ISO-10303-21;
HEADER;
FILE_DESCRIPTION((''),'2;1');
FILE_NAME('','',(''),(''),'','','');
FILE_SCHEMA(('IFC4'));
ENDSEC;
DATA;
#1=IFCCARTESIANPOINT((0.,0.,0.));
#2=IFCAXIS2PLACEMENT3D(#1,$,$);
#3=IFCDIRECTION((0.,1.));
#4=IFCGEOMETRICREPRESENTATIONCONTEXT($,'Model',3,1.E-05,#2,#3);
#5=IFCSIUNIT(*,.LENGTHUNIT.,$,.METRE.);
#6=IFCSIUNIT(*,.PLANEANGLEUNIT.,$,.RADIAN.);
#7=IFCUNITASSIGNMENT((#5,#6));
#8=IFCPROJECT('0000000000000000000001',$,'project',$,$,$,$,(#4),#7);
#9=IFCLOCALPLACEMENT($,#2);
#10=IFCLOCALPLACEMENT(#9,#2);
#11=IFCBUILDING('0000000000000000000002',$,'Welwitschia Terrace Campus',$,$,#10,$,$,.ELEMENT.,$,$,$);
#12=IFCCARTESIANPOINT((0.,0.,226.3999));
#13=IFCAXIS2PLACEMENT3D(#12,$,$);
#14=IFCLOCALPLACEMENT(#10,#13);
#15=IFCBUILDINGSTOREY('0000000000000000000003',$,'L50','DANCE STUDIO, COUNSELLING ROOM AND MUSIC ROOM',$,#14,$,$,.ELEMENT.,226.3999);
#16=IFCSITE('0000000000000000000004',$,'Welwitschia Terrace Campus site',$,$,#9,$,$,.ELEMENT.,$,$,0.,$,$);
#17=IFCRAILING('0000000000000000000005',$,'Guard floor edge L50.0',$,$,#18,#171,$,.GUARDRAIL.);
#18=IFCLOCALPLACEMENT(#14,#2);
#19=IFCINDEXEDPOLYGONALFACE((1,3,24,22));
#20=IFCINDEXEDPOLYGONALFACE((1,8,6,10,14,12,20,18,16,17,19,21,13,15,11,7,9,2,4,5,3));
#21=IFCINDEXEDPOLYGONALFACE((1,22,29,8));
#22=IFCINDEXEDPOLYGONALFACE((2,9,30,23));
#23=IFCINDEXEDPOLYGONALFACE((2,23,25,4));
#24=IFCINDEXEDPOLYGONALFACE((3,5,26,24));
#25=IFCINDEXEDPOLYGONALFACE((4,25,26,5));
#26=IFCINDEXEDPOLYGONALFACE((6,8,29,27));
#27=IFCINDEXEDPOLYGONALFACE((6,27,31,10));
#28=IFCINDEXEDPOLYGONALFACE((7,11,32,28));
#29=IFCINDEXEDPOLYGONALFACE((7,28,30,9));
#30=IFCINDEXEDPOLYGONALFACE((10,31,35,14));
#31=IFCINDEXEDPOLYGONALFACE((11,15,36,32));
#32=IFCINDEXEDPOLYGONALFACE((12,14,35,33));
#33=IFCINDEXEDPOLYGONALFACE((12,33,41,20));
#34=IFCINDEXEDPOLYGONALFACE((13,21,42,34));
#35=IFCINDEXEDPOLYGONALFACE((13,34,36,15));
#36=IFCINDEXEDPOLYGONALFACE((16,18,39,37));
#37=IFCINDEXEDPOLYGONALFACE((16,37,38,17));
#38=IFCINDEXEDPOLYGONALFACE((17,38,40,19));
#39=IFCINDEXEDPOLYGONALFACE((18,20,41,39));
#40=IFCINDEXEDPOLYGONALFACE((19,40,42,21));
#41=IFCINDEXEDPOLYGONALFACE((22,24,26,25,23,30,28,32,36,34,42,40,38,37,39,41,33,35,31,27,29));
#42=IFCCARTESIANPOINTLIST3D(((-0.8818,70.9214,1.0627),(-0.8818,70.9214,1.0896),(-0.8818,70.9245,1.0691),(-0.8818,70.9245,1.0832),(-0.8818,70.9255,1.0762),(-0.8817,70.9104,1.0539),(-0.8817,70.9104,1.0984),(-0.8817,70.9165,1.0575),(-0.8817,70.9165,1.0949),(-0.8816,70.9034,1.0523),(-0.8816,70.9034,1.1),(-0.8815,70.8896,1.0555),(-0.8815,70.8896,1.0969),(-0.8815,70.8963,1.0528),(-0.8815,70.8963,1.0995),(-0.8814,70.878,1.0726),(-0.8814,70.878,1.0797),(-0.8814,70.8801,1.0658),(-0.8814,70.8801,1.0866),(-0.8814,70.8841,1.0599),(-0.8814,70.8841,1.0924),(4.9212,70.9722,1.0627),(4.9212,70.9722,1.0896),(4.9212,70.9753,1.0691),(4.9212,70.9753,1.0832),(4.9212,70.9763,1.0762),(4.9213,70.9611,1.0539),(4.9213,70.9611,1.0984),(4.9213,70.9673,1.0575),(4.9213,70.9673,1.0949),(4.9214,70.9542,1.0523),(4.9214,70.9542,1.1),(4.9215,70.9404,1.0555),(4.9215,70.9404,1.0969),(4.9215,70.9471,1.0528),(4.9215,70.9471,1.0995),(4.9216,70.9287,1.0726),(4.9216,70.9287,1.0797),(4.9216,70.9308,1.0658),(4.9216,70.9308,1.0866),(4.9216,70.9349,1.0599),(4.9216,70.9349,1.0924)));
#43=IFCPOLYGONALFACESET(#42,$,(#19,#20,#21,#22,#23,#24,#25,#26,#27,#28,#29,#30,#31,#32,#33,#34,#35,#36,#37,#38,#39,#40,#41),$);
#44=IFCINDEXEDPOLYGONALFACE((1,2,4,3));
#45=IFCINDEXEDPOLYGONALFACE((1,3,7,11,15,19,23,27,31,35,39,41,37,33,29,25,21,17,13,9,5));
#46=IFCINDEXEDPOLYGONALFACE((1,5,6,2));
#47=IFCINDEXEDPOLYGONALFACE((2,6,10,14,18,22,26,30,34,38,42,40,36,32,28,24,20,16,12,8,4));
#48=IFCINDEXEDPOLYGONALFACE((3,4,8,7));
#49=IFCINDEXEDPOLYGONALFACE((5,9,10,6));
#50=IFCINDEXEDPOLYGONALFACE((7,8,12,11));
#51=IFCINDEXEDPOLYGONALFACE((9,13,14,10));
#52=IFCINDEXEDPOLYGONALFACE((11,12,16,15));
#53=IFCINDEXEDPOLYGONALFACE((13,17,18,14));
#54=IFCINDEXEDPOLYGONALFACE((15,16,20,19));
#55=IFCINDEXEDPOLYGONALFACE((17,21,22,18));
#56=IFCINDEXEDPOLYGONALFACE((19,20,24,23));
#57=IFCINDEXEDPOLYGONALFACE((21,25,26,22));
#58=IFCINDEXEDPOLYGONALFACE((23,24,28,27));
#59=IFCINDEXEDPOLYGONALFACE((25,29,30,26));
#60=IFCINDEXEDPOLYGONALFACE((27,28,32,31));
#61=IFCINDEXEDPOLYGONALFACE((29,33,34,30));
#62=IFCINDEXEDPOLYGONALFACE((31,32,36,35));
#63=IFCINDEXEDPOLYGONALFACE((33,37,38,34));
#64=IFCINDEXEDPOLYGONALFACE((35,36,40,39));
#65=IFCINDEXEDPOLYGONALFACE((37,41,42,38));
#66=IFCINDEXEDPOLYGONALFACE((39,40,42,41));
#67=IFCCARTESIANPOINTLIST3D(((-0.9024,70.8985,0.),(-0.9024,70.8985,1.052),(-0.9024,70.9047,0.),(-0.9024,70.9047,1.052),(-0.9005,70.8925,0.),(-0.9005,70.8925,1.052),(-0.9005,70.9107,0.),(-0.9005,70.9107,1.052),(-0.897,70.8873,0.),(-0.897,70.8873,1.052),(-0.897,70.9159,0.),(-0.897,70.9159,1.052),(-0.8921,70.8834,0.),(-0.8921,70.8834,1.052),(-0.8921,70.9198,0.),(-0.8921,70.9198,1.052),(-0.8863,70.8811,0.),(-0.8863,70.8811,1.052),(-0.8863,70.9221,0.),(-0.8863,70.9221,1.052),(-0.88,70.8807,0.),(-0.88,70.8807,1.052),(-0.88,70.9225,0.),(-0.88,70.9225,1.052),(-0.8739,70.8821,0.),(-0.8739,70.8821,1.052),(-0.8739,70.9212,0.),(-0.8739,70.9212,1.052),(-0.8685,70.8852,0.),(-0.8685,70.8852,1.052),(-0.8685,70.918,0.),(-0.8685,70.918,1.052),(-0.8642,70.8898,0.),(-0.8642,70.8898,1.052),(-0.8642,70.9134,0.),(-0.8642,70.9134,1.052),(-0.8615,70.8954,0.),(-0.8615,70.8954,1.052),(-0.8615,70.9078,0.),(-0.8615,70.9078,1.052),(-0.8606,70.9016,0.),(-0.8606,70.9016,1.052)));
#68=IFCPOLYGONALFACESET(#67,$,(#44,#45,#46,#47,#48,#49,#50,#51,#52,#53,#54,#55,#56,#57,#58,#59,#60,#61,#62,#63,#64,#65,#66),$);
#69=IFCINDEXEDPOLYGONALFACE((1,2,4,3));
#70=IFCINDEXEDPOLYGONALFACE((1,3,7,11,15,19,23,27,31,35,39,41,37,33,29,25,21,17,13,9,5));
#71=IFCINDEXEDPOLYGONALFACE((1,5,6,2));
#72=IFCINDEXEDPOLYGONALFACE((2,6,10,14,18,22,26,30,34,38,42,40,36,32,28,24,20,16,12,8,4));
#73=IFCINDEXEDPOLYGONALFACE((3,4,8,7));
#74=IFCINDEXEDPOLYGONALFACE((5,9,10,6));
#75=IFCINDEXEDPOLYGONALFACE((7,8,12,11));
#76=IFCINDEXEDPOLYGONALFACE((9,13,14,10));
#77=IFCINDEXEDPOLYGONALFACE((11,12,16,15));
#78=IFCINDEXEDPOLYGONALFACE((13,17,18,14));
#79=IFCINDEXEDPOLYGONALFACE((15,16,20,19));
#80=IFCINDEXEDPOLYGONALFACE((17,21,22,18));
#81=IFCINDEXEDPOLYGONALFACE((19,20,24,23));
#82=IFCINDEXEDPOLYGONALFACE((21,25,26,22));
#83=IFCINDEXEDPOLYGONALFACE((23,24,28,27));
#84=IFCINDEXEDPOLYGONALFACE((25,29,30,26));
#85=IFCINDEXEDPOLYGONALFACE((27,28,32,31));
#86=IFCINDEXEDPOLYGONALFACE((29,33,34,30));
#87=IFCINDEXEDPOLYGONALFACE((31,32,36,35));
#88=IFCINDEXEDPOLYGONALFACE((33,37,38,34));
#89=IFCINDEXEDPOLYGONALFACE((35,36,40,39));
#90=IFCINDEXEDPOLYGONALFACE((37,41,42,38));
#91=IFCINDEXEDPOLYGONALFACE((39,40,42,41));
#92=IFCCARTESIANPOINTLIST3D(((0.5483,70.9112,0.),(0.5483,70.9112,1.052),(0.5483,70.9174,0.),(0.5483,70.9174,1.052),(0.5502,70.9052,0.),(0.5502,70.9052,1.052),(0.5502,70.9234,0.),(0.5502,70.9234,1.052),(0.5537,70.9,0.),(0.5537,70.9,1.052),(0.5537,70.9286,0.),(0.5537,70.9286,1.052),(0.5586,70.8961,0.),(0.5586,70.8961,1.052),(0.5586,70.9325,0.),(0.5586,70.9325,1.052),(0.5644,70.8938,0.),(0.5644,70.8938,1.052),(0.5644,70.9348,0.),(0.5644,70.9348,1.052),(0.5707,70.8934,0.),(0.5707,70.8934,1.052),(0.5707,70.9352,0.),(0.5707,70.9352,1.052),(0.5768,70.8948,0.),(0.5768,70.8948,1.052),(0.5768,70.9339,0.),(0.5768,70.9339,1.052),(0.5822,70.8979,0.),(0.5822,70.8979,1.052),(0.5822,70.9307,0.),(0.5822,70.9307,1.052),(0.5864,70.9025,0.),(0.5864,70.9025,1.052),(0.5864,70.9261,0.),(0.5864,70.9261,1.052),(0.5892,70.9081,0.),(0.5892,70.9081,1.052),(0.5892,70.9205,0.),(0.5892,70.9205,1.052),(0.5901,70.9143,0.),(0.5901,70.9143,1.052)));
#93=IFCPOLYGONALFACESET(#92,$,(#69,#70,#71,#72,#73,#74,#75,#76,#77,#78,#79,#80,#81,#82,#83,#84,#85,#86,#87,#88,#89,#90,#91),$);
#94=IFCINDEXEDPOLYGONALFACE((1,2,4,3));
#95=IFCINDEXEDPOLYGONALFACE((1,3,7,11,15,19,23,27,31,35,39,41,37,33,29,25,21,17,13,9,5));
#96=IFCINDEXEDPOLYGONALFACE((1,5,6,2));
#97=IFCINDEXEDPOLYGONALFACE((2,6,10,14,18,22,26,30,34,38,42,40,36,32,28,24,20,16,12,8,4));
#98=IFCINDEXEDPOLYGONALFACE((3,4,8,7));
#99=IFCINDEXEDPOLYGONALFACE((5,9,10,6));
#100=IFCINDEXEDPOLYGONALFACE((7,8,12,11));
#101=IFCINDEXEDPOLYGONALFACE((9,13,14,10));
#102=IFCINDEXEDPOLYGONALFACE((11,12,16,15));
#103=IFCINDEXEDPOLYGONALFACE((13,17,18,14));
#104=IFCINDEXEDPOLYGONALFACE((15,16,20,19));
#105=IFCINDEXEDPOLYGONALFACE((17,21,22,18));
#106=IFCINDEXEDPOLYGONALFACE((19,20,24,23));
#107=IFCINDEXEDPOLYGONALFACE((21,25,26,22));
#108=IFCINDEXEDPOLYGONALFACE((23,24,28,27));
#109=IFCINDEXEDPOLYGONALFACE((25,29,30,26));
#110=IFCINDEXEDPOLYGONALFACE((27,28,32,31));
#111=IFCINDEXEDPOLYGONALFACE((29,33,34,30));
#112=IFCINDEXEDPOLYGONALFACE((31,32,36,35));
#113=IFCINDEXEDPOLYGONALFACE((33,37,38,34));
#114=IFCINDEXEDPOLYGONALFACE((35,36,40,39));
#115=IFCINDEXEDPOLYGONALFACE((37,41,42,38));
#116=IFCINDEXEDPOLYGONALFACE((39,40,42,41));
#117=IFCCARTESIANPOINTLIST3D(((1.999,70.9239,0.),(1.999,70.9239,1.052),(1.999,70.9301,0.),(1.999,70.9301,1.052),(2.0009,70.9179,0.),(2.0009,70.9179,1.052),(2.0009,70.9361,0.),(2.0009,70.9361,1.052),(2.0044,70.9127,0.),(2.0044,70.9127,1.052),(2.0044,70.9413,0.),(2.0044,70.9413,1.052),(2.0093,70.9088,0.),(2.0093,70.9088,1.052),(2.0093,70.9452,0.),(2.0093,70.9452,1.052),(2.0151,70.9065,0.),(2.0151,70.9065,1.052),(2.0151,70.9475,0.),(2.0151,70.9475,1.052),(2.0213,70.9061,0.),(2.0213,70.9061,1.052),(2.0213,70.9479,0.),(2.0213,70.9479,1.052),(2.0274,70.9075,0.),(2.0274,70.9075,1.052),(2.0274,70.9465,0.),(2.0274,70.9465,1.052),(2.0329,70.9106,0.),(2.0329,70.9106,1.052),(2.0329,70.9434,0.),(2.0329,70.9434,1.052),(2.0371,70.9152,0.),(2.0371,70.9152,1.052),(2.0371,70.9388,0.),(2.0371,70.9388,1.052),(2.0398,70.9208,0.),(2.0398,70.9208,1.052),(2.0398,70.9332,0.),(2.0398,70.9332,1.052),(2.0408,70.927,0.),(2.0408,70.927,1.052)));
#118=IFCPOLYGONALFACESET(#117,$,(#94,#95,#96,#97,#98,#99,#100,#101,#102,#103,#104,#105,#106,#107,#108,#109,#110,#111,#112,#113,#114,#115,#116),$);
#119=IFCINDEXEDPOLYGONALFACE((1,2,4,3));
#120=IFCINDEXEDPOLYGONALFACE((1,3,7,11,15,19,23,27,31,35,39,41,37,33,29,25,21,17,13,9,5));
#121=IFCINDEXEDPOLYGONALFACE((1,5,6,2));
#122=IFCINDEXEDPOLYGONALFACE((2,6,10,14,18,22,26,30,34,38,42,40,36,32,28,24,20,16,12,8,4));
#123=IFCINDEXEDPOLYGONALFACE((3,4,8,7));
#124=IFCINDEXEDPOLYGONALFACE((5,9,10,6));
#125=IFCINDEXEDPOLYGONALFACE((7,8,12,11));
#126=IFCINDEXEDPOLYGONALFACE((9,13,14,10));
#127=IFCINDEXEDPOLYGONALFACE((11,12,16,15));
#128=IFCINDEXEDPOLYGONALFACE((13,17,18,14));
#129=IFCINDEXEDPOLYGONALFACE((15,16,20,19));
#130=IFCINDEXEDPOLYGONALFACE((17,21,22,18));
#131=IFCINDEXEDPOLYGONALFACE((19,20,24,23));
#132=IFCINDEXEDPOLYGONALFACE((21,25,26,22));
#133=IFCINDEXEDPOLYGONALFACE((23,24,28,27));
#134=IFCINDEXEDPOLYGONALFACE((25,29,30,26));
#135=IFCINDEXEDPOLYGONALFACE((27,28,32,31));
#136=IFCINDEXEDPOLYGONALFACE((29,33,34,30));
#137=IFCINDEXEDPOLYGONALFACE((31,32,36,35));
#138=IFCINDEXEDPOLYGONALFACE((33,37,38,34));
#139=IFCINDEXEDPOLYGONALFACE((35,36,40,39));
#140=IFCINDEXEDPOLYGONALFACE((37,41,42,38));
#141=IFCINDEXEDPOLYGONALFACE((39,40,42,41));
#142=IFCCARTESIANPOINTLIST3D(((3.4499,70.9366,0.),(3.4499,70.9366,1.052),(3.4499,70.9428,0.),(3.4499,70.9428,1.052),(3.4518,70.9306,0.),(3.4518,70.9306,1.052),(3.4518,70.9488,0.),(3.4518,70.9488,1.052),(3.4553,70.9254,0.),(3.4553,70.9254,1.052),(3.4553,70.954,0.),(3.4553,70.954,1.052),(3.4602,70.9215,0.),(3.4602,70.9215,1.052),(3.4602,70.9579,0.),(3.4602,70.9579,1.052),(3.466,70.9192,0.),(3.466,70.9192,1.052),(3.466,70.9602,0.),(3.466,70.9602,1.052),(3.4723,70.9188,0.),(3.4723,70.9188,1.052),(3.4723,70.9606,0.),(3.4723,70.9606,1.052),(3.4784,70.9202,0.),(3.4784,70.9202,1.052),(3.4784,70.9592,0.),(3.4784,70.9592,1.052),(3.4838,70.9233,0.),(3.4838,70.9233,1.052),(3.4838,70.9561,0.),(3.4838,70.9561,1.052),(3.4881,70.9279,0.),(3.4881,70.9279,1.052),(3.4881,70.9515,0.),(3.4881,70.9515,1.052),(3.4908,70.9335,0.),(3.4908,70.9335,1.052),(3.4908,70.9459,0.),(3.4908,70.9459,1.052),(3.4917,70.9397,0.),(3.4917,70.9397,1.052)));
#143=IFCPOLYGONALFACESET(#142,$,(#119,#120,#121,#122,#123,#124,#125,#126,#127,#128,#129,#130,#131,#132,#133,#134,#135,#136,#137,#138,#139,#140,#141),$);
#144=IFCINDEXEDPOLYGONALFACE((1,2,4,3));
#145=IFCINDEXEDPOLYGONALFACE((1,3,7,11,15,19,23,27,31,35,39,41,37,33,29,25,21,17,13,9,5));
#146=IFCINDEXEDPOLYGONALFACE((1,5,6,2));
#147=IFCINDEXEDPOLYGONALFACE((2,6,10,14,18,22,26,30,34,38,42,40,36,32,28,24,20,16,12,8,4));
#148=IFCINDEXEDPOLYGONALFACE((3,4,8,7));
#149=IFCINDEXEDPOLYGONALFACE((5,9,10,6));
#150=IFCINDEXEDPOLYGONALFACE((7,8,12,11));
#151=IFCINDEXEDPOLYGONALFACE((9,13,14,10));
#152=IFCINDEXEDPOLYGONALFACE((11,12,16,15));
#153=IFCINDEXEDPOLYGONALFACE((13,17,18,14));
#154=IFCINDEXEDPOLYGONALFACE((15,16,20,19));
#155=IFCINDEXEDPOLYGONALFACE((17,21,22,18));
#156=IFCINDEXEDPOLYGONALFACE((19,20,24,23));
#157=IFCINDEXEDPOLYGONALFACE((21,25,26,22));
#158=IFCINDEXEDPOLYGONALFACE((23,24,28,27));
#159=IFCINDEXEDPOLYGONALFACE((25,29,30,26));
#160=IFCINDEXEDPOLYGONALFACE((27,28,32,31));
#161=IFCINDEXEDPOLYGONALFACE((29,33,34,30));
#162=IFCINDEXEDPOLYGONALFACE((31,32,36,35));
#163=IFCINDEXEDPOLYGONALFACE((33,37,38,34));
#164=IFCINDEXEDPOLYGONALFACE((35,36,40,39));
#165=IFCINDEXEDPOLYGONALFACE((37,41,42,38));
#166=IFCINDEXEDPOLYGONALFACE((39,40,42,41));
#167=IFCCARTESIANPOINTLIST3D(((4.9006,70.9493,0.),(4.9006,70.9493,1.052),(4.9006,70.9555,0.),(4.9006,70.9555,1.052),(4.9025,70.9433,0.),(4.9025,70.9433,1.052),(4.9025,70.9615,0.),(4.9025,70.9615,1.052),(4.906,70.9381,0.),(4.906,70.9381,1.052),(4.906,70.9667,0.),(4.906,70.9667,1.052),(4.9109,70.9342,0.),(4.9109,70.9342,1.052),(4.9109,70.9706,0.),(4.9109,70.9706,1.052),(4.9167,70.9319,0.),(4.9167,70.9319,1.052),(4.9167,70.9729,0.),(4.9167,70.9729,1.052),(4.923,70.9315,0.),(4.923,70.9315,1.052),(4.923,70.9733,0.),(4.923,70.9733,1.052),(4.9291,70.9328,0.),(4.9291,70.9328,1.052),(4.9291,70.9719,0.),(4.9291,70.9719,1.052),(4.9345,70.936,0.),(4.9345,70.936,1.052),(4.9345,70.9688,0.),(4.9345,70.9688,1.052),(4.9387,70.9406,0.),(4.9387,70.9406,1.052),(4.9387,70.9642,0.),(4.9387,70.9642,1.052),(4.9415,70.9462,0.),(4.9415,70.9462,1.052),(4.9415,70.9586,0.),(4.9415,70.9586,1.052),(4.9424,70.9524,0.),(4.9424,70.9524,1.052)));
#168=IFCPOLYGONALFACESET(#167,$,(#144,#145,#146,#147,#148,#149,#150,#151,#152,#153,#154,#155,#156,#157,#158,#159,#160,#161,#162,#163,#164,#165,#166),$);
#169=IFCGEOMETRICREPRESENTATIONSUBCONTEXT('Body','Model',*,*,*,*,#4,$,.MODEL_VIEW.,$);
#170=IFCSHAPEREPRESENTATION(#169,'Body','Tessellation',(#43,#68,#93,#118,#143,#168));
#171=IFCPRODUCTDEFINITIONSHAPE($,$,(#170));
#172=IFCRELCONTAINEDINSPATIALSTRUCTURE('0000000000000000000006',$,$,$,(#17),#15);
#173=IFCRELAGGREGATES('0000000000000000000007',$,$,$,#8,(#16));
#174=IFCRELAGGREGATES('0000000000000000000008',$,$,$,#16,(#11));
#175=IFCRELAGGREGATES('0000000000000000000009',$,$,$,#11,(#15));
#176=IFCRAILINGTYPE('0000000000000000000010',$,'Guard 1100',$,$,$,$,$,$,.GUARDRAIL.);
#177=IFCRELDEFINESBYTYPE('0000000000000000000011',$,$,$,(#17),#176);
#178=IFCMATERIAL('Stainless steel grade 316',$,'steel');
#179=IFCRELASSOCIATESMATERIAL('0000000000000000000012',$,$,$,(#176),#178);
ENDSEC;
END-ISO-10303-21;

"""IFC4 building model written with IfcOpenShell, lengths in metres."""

from ifc_helpers import new_model, si_unit, direction, frame, origin, origin_2d, place, context, subcontext, project, spatial, circle, extrude, material, type_object, element, save


model = new_model("IFC4")

# Units and contexts
model_context = context("Model", 3, precision=1e-05, world=origin(), true_north=direction((0.0, 1.0)))
body_context = subcontext(model_context, "Body", "Model", "MODEL_VIEW")
ifc_project = project(units=[si_unit("LENGTHUNIT", "METRE"), si_unit("PLANEANGLEUNIT", "RADIAN")], contexts=[model_context])

# Site, building, storey
site_placement = place(None, origin())
site = spatial("IfcSite", under=ifc_project, at=site_placement, Name="Welwitschia Terrace Campus site", CompositionType="ELEMENT", RefElevation=0.0)
building_placement = place(site_placement, origin())
building = spatial("IfcBuilding", under=site, at=building_placement, Name="Welwitschia Terrace Campus", CompositionType="ELEMENT")
storey_placement = place(building_placement, frame((0.0, 0.0, 226.3999)))
storey = spatial("IfcBuildingStorey", under=building, at=storey_placement, Name="L50", Description="DANCE STUDIO, COUNSELLING ROOM AND MUSIC ROOM", CompositionType="ELEMENT", Elevation=226.3999)

# Railing
ifc_material_1 = material(Name="Stainless steel grade 316", Category="steel")
railing_type = type_object("IfcRailingType", Name="Guard 1100", PredefinedType="GUARDRAIL", material=ifc_material_1)
railing_1_placement = place(storey_placement, frame((-0.8816, 70.9016, 0.0)))
element("IfcRailing", 1, at=railing_1_placement, inside=storey, type_object=railing_type, Name="Guard floor edge L50.0", PredefinedType="GUARDRAIL", context=body_context, shape_type="SweptSolid", body=[
    extrude(circle(Radius=0.0239, at=origin_2d()), frame((0.0, 0.0, 1.0762), z_axis=(0.999962, 0.008751, 0.0), x_axis=(-0.008751, 0.999962, 0.0)), (0.0, 0.0, 1.0), 5.8032),
    extrude(circle(Radius=0.021, at=origin_2d()), origin(), (0.0, 0.0, 1.0), 1.052),
    extrude(circle(Radius=0.021, at=origin_2d()), frame((1.4507, 0.0127, 0.0)), (0.0, 0.0, 1.0), 1.052),
    extrude(circle(Radius=0.021, at=origin_2d()), frame((2.9014, 0.0254, 0.0)), (0.0, 0.0, 1.0), 1.052),
    extrude(circle(Radius=0.021, at=origin_2d()), frame((4.3523, 0.0381, 0.0)), (0.0, 0.0, 1.0), 1.052),
    extrude(circle(Radius=0.021, at=origin_2d()), frame((5.803, 0.0508, 0.0)), (0.0, 0.0, 1.0), 1.052),
])

save(model, "model.ifc")
